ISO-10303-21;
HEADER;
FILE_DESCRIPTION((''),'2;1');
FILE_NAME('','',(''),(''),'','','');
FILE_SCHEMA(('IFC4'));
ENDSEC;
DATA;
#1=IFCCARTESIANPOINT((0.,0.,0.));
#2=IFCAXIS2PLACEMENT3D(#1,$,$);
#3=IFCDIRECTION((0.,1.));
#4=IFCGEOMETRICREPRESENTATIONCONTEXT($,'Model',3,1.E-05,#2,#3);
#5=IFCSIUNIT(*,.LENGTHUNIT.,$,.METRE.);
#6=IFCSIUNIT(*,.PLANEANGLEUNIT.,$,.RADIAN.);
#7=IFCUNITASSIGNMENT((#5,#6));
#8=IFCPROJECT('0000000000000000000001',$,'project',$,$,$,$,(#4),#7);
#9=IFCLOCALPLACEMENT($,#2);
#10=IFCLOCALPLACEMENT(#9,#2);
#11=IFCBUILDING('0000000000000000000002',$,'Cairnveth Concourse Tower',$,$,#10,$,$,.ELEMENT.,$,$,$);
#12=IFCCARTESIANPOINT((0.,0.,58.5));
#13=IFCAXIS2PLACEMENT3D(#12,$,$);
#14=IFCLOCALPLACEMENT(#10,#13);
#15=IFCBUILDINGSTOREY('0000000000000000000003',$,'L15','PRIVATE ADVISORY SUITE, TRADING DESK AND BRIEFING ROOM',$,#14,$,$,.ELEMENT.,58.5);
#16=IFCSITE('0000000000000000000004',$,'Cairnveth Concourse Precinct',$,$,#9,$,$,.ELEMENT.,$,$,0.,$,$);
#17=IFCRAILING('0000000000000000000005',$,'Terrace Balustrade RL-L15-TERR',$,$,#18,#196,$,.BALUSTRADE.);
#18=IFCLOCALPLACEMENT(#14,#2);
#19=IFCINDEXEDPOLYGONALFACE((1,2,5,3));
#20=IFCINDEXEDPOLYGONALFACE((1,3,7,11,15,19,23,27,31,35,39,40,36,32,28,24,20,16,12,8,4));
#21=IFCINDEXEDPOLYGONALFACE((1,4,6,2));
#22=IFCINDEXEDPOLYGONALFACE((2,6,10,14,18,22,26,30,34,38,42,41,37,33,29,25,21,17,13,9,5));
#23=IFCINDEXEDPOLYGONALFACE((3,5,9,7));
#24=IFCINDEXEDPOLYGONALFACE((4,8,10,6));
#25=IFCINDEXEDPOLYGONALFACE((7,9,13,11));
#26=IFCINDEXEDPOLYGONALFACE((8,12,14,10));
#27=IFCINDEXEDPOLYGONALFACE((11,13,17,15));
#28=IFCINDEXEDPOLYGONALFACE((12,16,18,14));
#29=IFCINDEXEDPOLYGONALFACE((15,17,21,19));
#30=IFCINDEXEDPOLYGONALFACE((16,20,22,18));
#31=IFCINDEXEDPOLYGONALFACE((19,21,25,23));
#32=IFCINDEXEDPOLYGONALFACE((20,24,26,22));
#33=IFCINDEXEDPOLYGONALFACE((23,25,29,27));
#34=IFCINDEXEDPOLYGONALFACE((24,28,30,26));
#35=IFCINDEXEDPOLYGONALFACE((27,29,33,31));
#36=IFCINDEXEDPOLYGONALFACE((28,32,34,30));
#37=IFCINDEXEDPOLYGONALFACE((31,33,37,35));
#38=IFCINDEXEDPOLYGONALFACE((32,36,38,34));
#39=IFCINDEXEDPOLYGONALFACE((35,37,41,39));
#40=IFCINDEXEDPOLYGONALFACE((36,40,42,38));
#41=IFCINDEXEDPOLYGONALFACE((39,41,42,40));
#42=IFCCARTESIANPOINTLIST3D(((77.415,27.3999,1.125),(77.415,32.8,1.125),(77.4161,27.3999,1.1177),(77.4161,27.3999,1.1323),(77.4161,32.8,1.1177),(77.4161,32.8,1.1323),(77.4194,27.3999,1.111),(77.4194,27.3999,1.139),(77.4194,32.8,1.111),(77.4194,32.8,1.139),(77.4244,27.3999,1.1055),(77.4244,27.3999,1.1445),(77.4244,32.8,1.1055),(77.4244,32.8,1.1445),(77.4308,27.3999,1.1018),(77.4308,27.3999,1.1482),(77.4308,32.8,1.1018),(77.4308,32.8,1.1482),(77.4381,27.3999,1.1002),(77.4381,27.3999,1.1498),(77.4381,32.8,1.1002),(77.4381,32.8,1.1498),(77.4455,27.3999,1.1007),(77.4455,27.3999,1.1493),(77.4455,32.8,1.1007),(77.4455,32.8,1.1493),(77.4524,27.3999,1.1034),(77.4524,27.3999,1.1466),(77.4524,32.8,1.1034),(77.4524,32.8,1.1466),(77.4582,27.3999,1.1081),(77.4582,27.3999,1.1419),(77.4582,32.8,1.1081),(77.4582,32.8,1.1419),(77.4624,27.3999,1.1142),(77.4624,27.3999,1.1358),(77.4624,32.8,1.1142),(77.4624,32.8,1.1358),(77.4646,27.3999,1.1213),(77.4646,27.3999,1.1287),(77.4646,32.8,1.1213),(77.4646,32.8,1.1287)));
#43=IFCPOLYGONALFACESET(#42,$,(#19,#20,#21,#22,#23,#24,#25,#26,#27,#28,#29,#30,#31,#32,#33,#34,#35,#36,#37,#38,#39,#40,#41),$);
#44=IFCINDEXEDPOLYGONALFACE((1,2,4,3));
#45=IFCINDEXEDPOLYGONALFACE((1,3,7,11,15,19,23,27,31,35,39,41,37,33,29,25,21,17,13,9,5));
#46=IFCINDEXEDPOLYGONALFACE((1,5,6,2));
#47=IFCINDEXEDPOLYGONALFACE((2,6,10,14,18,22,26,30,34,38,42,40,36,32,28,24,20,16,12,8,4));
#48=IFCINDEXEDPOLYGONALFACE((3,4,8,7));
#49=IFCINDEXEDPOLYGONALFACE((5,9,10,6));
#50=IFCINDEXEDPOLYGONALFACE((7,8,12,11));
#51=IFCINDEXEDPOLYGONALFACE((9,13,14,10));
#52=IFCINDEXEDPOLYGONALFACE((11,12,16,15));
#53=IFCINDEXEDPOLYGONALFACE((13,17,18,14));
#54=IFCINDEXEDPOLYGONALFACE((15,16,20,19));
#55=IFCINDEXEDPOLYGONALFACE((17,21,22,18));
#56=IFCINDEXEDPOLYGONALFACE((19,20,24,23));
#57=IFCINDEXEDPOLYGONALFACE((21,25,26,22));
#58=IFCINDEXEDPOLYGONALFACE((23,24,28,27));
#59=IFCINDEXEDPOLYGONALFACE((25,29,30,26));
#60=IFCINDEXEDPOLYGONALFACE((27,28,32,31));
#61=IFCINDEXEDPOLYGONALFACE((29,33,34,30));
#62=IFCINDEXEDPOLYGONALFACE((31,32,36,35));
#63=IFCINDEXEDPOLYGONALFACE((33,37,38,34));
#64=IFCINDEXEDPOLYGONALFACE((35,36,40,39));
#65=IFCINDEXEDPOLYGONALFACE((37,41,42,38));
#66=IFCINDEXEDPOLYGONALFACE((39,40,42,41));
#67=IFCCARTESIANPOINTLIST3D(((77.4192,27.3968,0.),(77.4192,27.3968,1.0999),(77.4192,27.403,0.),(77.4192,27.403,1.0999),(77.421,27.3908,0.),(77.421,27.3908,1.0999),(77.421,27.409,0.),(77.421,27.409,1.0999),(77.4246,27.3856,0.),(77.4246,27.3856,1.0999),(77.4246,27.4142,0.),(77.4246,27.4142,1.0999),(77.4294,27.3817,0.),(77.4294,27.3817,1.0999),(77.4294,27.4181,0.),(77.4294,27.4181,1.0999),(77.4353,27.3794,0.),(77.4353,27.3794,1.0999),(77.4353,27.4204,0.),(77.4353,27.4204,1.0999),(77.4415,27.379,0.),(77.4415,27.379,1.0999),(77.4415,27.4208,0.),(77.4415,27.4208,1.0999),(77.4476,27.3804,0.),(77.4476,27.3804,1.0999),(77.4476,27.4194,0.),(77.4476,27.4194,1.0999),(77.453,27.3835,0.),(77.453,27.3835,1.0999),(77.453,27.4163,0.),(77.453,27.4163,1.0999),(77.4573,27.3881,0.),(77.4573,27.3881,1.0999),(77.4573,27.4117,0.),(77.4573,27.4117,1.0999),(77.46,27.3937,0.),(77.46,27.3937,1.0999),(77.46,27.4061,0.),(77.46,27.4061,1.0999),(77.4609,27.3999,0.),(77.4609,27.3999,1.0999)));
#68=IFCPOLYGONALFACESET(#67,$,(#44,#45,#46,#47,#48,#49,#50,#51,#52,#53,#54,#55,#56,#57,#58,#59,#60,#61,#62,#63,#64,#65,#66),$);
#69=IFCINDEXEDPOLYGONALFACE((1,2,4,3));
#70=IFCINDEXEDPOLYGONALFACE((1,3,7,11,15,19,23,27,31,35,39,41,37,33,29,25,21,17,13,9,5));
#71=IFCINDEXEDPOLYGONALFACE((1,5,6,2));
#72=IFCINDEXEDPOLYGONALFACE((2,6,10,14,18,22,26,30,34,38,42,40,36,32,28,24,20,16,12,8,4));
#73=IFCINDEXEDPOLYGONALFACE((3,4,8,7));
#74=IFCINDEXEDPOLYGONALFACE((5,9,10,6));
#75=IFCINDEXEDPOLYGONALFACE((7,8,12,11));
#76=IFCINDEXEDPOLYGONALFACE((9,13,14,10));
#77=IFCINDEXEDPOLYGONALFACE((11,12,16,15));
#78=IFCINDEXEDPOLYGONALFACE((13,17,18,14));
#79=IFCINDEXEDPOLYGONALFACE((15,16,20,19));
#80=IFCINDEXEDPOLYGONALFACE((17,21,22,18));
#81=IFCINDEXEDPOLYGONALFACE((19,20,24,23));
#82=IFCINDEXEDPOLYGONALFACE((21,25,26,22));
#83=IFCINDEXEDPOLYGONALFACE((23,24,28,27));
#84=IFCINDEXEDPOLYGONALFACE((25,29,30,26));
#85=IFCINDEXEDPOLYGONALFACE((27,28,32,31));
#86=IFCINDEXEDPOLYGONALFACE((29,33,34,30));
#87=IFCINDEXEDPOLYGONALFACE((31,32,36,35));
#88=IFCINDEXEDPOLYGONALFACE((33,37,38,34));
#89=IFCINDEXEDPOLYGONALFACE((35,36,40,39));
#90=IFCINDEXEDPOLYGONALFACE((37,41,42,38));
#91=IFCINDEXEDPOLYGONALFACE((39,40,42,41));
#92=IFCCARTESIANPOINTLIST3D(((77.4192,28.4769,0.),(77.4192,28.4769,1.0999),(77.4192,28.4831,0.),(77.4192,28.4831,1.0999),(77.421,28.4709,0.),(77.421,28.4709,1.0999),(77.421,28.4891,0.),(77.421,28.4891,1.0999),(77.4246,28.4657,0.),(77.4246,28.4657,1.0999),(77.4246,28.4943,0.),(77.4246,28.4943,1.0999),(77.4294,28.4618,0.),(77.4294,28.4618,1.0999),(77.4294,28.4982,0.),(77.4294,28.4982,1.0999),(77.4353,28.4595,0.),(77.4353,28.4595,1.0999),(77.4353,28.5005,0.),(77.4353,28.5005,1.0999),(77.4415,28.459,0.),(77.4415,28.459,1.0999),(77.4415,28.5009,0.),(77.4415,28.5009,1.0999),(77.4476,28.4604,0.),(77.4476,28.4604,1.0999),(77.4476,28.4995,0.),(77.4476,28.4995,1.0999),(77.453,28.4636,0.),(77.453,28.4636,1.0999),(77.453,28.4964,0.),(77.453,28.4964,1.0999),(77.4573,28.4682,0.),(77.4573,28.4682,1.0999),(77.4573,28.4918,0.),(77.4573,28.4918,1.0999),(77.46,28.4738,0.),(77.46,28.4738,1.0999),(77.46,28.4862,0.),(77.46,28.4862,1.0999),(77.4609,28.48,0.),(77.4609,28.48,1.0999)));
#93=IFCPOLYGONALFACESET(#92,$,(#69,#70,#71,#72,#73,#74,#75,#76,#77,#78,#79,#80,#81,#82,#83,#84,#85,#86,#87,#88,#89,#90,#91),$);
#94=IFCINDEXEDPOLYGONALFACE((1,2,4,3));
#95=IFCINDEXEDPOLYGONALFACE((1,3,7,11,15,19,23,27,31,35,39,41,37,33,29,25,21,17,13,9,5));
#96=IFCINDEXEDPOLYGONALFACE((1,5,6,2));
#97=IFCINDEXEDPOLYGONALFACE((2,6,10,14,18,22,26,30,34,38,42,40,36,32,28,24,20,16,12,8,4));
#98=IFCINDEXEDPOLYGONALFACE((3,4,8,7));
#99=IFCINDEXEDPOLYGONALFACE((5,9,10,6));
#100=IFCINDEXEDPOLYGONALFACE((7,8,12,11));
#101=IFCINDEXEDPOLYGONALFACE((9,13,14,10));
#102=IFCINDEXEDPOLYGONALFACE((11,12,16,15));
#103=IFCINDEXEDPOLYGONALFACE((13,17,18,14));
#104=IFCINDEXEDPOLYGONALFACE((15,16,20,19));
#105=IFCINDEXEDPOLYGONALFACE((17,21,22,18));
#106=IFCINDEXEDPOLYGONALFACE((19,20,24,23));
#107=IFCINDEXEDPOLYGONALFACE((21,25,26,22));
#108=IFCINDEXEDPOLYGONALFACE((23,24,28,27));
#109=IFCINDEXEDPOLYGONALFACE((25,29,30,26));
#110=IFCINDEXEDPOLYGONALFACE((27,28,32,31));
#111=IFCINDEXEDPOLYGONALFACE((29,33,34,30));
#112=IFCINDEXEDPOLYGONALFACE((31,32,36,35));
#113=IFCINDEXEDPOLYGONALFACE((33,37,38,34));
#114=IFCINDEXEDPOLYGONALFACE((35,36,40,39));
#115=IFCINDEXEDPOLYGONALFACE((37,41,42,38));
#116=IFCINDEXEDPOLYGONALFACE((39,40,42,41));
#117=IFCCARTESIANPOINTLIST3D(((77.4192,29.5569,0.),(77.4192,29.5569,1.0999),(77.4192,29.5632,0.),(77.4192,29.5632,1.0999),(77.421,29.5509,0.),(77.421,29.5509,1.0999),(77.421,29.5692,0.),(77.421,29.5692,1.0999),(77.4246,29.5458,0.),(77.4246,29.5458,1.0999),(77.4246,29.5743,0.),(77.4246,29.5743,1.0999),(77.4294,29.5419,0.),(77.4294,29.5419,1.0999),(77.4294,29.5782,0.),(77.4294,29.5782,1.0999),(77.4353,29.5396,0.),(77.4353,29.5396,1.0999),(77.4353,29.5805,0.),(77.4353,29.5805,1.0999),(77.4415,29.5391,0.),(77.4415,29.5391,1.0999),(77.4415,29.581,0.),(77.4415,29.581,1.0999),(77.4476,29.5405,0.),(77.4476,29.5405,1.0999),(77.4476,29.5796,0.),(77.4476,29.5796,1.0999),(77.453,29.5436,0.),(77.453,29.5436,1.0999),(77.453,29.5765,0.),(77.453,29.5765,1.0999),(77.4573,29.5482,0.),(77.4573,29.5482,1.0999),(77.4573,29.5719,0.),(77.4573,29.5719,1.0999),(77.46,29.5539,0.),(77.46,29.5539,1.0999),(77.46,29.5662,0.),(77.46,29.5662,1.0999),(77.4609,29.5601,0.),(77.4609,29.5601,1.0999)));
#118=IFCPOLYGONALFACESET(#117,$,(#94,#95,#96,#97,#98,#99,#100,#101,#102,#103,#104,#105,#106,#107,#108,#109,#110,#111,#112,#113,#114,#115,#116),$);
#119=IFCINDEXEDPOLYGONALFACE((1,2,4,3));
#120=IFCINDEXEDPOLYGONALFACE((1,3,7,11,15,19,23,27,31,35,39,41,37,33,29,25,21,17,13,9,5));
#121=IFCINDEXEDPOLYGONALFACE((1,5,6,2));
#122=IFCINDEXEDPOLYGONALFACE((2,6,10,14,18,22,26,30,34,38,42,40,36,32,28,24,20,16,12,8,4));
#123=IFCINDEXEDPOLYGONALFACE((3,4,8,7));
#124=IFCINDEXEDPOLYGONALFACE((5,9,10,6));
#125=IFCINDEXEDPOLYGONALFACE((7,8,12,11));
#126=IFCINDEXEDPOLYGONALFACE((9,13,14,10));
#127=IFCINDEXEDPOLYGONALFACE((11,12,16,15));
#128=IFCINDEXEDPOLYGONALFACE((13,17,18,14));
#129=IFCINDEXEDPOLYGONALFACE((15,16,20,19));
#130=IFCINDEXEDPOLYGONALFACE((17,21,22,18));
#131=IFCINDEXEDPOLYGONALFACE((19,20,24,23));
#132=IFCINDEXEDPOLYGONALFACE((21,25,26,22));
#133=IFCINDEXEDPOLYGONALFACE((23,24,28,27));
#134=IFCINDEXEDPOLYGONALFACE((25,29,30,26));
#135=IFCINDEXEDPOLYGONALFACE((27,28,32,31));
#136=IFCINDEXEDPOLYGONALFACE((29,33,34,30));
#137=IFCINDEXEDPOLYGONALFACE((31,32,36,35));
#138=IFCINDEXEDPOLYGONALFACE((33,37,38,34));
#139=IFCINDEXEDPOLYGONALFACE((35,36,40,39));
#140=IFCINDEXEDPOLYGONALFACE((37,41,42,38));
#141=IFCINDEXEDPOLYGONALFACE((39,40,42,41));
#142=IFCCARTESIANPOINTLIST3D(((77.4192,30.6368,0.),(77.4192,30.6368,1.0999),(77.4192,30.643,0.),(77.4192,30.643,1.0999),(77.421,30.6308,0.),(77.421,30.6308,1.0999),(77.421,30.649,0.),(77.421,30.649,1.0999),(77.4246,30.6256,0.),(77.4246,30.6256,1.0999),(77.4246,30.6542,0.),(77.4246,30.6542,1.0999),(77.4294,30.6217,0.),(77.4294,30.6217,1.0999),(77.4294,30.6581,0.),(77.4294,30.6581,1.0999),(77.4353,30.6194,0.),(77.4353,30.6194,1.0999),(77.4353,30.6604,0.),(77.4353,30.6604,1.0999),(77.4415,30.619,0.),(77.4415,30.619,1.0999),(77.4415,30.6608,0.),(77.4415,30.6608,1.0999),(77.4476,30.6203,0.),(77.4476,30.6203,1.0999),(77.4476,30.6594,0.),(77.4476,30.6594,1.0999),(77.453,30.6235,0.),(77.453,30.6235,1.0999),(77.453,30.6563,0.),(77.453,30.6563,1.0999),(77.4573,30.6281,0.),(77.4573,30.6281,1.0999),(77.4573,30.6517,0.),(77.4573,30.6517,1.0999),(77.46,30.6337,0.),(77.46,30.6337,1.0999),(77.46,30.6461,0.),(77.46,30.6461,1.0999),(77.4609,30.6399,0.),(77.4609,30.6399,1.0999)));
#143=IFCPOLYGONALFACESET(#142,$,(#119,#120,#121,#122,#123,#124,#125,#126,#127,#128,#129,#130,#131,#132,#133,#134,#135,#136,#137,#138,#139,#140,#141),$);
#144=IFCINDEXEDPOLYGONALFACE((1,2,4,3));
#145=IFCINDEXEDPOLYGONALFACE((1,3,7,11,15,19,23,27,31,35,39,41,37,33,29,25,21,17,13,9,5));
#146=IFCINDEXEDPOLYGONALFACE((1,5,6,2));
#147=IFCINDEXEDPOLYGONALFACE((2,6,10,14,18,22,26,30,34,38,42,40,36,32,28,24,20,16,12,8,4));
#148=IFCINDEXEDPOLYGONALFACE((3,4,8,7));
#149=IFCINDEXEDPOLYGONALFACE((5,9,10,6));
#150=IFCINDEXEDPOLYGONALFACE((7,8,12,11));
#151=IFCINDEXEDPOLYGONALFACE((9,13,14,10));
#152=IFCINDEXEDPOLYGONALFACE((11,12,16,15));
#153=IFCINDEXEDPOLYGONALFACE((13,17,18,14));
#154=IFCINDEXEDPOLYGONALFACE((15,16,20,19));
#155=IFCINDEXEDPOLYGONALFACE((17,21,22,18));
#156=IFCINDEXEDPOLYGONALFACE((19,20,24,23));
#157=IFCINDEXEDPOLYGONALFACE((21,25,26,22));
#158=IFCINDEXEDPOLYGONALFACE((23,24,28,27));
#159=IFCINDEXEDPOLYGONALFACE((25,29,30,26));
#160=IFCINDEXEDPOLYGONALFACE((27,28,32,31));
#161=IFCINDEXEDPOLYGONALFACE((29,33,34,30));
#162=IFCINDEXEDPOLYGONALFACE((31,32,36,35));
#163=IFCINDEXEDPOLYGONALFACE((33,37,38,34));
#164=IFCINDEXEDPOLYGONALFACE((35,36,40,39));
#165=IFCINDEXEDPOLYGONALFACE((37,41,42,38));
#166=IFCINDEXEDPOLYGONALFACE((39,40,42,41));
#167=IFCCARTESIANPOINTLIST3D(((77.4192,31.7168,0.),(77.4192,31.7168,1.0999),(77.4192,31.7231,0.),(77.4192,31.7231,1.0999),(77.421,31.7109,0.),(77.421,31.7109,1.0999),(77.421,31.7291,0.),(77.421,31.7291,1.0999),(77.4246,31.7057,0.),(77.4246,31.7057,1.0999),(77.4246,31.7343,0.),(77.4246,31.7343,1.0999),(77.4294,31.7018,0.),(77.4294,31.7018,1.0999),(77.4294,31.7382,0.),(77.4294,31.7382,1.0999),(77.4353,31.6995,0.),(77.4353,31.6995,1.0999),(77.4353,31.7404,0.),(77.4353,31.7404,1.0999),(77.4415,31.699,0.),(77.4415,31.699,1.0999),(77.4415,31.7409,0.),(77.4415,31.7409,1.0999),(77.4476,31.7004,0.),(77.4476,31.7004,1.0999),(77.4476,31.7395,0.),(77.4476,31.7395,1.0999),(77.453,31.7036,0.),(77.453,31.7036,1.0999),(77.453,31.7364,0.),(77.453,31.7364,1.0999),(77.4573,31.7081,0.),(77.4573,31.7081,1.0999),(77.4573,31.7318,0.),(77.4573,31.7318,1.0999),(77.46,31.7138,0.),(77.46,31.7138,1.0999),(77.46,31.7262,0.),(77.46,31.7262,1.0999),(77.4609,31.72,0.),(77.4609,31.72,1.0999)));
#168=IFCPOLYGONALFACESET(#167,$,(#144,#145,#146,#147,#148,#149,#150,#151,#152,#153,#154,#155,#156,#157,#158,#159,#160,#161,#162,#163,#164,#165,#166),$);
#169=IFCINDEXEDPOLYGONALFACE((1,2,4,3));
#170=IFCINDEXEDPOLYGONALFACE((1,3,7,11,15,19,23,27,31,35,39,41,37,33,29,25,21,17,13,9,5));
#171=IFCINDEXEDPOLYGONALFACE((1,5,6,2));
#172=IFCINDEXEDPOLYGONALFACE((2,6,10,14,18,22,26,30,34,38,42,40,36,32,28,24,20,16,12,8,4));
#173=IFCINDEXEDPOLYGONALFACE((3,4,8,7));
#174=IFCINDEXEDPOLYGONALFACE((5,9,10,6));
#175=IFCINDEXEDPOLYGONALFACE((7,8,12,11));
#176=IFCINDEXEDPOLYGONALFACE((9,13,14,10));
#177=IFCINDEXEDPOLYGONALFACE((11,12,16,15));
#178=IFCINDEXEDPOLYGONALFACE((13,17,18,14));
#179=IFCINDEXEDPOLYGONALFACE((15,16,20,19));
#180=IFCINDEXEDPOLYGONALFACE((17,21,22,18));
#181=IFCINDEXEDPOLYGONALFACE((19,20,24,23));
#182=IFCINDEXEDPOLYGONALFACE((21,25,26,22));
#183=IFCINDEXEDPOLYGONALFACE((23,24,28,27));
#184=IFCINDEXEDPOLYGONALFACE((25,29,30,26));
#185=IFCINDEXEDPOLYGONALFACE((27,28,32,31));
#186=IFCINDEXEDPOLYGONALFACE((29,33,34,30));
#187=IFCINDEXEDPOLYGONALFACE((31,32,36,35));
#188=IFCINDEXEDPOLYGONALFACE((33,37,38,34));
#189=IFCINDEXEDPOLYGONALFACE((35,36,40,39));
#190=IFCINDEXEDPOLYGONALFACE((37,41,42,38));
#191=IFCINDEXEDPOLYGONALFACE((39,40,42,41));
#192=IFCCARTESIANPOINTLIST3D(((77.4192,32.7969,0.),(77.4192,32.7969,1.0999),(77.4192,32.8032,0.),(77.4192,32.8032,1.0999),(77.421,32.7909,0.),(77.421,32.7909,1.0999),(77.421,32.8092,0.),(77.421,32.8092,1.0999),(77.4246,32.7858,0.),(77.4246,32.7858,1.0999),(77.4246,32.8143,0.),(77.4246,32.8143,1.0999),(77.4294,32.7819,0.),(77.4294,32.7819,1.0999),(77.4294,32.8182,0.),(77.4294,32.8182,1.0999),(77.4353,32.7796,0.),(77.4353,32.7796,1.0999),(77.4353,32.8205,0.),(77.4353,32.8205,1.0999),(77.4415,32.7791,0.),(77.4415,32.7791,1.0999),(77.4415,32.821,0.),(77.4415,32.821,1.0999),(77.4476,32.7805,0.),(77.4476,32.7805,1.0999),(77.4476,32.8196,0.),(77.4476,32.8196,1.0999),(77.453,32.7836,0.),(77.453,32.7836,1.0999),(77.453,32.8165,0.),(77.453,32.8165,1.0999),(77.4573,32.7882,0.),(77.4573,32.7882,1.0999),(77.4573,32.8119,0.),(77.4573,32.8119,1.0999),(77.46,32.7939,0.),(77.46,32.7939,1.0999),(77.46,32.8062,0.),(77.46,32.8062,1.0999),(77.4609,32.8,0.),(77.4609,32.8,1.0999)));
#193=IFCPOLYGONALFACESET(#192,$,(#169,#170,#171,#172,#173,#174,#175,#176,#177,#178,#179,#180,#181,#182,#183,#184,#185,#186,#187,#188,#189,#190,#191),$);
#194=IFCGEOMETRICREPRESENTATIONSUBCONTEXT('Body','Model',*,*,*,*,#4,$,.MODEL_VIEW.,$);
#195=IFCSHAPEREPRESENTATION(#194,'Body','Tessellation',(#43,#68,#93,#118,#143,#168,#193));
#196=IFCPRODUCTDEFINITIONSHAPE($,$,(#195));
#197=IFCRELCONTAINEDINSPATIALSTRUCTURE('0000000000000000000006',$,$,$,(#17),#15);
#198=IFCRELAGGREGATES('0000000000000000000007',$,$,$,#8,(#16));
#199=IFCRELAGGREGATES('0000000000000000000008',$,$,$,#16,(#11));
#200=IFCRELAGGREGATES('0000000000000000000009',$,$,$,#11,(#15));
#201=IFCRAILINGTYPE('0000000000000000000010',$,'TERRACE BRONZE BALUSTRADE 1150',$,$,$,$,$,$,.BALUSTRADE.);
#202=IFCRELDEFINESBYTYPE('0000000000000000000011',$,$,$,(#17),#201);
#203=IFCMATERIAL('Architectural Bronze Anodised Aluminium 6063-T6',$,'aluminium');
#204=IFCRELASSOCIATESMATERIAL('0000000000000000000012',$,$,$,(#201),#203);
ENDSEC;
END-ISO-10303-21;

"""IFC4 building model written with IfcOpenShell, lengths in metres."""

from ifc_helpers import new_model, si_unit, direction, frame, origin, origin_2d, place, context, subcontext, project, spatial, circle, extrude, material, type_object, element, save


model = new_model("IFC4")

# Units and contexts
model_context = context("Model", 3, precision=1e-05, world=origin(), true_north=direction((0.0, 1.0)))
body_context = subcontext(model_context, "Body", "Model", "MODEL_VIEW")
ifc_project = project(units=[si_unit("LENGTHUNIT", "METRE"), si_unit("PLANEANGLEUNIT", "RADIAN")], contexts=[model_context])

# Site, building, storey
site_placement = place(None, origin())
site = spatial("IfcSite", under=ifc_project, at=site_placement, Name="Cairnveth Concourse Precinct", CompositionType="ELEMENT", RefElevation=0.0)
building_placement = place(site_placement, origin())
building = spatial("IfcBuilding", under=site, at=building_placement, Name="Cairnveth Concourse Tower", CompositionType="ELEMENT")
storey_placement = place(building_placement, frame((0.0, 0.0, 58.5)))
storey = spatial("IfcBuildingStorey", under=building, at=storey_placement, Name="L15", Description="PRIVATE ADVISORY SUITE, TRADING DESK AND BRIEFING ROOM", CompositionType="ELEMENT", Elevation=58.5)

# Shared definitions
ifc_material_1 = material(Name="Architectural Bronze Anodised Aluminium 6063-T6", Category="aluminium")

# Railing
railing_type = type_object("IfcRailingType", Name="TERRACE BRONZE BALUSTRADE 1150", PredefinedType="BALUSTRADE", material=ifc_material_1)
railing_placement = place(storey_placement, frame((77.4399, 27.3999, 0.0)))
element("IfcRailing", 1, at=railing_placement, inside=storey, type_object=railing_type, Name="Terrace Balustrade RL-L15-TERR", PredefinedType="BALUSTRADE", context=body_context, shape_type="SweptSolid", body=[
    extrude(circle(Radius=0.0249, at=origin_2d()), frame((0.0, 0.0, 1.125), z_axis=(0.0, 1.0, 0.0), x_axis=(-1.0, 0.0, 0.0)), (0.0, 0.0, 1.0), 5.4001),
    extrude(circle(Radius=0.021, at=origin_2d()), origin(), (0.0, 0.0, 1.0), 1.0999),
    extrude(circle(Radius=0.021, at=origin_2d()), frame((0.0, 1.0801, 0.0)), (0.0, 0.0, 1.0), 1.0999),
    extrude(circle(Radius=0.021, at=origin_2d()), frame((0.0, 2.1602, 0.0)), (0.0, 0.0, 1.0), 1.0999),
    extrude(circle(Radius=0.021, at=origin_2d()), frame((0.0, 3.24, 0.0)), (0.0, 0.0, 1.0), 1.0999),
    extrude(circle(Radius=0.021, at=origin_2d()), frame((0.0, 4.3201, 0.0)), (0.0, 0.0, 1.0), 1.0999),
    extrude(circle(Radius=0.021, at=origin_2d()), frame((0.0, 5.4001, 0.0)), (0.0, 0.0, 1.0), 1.0999),
])

save(model, "model.ifc")
